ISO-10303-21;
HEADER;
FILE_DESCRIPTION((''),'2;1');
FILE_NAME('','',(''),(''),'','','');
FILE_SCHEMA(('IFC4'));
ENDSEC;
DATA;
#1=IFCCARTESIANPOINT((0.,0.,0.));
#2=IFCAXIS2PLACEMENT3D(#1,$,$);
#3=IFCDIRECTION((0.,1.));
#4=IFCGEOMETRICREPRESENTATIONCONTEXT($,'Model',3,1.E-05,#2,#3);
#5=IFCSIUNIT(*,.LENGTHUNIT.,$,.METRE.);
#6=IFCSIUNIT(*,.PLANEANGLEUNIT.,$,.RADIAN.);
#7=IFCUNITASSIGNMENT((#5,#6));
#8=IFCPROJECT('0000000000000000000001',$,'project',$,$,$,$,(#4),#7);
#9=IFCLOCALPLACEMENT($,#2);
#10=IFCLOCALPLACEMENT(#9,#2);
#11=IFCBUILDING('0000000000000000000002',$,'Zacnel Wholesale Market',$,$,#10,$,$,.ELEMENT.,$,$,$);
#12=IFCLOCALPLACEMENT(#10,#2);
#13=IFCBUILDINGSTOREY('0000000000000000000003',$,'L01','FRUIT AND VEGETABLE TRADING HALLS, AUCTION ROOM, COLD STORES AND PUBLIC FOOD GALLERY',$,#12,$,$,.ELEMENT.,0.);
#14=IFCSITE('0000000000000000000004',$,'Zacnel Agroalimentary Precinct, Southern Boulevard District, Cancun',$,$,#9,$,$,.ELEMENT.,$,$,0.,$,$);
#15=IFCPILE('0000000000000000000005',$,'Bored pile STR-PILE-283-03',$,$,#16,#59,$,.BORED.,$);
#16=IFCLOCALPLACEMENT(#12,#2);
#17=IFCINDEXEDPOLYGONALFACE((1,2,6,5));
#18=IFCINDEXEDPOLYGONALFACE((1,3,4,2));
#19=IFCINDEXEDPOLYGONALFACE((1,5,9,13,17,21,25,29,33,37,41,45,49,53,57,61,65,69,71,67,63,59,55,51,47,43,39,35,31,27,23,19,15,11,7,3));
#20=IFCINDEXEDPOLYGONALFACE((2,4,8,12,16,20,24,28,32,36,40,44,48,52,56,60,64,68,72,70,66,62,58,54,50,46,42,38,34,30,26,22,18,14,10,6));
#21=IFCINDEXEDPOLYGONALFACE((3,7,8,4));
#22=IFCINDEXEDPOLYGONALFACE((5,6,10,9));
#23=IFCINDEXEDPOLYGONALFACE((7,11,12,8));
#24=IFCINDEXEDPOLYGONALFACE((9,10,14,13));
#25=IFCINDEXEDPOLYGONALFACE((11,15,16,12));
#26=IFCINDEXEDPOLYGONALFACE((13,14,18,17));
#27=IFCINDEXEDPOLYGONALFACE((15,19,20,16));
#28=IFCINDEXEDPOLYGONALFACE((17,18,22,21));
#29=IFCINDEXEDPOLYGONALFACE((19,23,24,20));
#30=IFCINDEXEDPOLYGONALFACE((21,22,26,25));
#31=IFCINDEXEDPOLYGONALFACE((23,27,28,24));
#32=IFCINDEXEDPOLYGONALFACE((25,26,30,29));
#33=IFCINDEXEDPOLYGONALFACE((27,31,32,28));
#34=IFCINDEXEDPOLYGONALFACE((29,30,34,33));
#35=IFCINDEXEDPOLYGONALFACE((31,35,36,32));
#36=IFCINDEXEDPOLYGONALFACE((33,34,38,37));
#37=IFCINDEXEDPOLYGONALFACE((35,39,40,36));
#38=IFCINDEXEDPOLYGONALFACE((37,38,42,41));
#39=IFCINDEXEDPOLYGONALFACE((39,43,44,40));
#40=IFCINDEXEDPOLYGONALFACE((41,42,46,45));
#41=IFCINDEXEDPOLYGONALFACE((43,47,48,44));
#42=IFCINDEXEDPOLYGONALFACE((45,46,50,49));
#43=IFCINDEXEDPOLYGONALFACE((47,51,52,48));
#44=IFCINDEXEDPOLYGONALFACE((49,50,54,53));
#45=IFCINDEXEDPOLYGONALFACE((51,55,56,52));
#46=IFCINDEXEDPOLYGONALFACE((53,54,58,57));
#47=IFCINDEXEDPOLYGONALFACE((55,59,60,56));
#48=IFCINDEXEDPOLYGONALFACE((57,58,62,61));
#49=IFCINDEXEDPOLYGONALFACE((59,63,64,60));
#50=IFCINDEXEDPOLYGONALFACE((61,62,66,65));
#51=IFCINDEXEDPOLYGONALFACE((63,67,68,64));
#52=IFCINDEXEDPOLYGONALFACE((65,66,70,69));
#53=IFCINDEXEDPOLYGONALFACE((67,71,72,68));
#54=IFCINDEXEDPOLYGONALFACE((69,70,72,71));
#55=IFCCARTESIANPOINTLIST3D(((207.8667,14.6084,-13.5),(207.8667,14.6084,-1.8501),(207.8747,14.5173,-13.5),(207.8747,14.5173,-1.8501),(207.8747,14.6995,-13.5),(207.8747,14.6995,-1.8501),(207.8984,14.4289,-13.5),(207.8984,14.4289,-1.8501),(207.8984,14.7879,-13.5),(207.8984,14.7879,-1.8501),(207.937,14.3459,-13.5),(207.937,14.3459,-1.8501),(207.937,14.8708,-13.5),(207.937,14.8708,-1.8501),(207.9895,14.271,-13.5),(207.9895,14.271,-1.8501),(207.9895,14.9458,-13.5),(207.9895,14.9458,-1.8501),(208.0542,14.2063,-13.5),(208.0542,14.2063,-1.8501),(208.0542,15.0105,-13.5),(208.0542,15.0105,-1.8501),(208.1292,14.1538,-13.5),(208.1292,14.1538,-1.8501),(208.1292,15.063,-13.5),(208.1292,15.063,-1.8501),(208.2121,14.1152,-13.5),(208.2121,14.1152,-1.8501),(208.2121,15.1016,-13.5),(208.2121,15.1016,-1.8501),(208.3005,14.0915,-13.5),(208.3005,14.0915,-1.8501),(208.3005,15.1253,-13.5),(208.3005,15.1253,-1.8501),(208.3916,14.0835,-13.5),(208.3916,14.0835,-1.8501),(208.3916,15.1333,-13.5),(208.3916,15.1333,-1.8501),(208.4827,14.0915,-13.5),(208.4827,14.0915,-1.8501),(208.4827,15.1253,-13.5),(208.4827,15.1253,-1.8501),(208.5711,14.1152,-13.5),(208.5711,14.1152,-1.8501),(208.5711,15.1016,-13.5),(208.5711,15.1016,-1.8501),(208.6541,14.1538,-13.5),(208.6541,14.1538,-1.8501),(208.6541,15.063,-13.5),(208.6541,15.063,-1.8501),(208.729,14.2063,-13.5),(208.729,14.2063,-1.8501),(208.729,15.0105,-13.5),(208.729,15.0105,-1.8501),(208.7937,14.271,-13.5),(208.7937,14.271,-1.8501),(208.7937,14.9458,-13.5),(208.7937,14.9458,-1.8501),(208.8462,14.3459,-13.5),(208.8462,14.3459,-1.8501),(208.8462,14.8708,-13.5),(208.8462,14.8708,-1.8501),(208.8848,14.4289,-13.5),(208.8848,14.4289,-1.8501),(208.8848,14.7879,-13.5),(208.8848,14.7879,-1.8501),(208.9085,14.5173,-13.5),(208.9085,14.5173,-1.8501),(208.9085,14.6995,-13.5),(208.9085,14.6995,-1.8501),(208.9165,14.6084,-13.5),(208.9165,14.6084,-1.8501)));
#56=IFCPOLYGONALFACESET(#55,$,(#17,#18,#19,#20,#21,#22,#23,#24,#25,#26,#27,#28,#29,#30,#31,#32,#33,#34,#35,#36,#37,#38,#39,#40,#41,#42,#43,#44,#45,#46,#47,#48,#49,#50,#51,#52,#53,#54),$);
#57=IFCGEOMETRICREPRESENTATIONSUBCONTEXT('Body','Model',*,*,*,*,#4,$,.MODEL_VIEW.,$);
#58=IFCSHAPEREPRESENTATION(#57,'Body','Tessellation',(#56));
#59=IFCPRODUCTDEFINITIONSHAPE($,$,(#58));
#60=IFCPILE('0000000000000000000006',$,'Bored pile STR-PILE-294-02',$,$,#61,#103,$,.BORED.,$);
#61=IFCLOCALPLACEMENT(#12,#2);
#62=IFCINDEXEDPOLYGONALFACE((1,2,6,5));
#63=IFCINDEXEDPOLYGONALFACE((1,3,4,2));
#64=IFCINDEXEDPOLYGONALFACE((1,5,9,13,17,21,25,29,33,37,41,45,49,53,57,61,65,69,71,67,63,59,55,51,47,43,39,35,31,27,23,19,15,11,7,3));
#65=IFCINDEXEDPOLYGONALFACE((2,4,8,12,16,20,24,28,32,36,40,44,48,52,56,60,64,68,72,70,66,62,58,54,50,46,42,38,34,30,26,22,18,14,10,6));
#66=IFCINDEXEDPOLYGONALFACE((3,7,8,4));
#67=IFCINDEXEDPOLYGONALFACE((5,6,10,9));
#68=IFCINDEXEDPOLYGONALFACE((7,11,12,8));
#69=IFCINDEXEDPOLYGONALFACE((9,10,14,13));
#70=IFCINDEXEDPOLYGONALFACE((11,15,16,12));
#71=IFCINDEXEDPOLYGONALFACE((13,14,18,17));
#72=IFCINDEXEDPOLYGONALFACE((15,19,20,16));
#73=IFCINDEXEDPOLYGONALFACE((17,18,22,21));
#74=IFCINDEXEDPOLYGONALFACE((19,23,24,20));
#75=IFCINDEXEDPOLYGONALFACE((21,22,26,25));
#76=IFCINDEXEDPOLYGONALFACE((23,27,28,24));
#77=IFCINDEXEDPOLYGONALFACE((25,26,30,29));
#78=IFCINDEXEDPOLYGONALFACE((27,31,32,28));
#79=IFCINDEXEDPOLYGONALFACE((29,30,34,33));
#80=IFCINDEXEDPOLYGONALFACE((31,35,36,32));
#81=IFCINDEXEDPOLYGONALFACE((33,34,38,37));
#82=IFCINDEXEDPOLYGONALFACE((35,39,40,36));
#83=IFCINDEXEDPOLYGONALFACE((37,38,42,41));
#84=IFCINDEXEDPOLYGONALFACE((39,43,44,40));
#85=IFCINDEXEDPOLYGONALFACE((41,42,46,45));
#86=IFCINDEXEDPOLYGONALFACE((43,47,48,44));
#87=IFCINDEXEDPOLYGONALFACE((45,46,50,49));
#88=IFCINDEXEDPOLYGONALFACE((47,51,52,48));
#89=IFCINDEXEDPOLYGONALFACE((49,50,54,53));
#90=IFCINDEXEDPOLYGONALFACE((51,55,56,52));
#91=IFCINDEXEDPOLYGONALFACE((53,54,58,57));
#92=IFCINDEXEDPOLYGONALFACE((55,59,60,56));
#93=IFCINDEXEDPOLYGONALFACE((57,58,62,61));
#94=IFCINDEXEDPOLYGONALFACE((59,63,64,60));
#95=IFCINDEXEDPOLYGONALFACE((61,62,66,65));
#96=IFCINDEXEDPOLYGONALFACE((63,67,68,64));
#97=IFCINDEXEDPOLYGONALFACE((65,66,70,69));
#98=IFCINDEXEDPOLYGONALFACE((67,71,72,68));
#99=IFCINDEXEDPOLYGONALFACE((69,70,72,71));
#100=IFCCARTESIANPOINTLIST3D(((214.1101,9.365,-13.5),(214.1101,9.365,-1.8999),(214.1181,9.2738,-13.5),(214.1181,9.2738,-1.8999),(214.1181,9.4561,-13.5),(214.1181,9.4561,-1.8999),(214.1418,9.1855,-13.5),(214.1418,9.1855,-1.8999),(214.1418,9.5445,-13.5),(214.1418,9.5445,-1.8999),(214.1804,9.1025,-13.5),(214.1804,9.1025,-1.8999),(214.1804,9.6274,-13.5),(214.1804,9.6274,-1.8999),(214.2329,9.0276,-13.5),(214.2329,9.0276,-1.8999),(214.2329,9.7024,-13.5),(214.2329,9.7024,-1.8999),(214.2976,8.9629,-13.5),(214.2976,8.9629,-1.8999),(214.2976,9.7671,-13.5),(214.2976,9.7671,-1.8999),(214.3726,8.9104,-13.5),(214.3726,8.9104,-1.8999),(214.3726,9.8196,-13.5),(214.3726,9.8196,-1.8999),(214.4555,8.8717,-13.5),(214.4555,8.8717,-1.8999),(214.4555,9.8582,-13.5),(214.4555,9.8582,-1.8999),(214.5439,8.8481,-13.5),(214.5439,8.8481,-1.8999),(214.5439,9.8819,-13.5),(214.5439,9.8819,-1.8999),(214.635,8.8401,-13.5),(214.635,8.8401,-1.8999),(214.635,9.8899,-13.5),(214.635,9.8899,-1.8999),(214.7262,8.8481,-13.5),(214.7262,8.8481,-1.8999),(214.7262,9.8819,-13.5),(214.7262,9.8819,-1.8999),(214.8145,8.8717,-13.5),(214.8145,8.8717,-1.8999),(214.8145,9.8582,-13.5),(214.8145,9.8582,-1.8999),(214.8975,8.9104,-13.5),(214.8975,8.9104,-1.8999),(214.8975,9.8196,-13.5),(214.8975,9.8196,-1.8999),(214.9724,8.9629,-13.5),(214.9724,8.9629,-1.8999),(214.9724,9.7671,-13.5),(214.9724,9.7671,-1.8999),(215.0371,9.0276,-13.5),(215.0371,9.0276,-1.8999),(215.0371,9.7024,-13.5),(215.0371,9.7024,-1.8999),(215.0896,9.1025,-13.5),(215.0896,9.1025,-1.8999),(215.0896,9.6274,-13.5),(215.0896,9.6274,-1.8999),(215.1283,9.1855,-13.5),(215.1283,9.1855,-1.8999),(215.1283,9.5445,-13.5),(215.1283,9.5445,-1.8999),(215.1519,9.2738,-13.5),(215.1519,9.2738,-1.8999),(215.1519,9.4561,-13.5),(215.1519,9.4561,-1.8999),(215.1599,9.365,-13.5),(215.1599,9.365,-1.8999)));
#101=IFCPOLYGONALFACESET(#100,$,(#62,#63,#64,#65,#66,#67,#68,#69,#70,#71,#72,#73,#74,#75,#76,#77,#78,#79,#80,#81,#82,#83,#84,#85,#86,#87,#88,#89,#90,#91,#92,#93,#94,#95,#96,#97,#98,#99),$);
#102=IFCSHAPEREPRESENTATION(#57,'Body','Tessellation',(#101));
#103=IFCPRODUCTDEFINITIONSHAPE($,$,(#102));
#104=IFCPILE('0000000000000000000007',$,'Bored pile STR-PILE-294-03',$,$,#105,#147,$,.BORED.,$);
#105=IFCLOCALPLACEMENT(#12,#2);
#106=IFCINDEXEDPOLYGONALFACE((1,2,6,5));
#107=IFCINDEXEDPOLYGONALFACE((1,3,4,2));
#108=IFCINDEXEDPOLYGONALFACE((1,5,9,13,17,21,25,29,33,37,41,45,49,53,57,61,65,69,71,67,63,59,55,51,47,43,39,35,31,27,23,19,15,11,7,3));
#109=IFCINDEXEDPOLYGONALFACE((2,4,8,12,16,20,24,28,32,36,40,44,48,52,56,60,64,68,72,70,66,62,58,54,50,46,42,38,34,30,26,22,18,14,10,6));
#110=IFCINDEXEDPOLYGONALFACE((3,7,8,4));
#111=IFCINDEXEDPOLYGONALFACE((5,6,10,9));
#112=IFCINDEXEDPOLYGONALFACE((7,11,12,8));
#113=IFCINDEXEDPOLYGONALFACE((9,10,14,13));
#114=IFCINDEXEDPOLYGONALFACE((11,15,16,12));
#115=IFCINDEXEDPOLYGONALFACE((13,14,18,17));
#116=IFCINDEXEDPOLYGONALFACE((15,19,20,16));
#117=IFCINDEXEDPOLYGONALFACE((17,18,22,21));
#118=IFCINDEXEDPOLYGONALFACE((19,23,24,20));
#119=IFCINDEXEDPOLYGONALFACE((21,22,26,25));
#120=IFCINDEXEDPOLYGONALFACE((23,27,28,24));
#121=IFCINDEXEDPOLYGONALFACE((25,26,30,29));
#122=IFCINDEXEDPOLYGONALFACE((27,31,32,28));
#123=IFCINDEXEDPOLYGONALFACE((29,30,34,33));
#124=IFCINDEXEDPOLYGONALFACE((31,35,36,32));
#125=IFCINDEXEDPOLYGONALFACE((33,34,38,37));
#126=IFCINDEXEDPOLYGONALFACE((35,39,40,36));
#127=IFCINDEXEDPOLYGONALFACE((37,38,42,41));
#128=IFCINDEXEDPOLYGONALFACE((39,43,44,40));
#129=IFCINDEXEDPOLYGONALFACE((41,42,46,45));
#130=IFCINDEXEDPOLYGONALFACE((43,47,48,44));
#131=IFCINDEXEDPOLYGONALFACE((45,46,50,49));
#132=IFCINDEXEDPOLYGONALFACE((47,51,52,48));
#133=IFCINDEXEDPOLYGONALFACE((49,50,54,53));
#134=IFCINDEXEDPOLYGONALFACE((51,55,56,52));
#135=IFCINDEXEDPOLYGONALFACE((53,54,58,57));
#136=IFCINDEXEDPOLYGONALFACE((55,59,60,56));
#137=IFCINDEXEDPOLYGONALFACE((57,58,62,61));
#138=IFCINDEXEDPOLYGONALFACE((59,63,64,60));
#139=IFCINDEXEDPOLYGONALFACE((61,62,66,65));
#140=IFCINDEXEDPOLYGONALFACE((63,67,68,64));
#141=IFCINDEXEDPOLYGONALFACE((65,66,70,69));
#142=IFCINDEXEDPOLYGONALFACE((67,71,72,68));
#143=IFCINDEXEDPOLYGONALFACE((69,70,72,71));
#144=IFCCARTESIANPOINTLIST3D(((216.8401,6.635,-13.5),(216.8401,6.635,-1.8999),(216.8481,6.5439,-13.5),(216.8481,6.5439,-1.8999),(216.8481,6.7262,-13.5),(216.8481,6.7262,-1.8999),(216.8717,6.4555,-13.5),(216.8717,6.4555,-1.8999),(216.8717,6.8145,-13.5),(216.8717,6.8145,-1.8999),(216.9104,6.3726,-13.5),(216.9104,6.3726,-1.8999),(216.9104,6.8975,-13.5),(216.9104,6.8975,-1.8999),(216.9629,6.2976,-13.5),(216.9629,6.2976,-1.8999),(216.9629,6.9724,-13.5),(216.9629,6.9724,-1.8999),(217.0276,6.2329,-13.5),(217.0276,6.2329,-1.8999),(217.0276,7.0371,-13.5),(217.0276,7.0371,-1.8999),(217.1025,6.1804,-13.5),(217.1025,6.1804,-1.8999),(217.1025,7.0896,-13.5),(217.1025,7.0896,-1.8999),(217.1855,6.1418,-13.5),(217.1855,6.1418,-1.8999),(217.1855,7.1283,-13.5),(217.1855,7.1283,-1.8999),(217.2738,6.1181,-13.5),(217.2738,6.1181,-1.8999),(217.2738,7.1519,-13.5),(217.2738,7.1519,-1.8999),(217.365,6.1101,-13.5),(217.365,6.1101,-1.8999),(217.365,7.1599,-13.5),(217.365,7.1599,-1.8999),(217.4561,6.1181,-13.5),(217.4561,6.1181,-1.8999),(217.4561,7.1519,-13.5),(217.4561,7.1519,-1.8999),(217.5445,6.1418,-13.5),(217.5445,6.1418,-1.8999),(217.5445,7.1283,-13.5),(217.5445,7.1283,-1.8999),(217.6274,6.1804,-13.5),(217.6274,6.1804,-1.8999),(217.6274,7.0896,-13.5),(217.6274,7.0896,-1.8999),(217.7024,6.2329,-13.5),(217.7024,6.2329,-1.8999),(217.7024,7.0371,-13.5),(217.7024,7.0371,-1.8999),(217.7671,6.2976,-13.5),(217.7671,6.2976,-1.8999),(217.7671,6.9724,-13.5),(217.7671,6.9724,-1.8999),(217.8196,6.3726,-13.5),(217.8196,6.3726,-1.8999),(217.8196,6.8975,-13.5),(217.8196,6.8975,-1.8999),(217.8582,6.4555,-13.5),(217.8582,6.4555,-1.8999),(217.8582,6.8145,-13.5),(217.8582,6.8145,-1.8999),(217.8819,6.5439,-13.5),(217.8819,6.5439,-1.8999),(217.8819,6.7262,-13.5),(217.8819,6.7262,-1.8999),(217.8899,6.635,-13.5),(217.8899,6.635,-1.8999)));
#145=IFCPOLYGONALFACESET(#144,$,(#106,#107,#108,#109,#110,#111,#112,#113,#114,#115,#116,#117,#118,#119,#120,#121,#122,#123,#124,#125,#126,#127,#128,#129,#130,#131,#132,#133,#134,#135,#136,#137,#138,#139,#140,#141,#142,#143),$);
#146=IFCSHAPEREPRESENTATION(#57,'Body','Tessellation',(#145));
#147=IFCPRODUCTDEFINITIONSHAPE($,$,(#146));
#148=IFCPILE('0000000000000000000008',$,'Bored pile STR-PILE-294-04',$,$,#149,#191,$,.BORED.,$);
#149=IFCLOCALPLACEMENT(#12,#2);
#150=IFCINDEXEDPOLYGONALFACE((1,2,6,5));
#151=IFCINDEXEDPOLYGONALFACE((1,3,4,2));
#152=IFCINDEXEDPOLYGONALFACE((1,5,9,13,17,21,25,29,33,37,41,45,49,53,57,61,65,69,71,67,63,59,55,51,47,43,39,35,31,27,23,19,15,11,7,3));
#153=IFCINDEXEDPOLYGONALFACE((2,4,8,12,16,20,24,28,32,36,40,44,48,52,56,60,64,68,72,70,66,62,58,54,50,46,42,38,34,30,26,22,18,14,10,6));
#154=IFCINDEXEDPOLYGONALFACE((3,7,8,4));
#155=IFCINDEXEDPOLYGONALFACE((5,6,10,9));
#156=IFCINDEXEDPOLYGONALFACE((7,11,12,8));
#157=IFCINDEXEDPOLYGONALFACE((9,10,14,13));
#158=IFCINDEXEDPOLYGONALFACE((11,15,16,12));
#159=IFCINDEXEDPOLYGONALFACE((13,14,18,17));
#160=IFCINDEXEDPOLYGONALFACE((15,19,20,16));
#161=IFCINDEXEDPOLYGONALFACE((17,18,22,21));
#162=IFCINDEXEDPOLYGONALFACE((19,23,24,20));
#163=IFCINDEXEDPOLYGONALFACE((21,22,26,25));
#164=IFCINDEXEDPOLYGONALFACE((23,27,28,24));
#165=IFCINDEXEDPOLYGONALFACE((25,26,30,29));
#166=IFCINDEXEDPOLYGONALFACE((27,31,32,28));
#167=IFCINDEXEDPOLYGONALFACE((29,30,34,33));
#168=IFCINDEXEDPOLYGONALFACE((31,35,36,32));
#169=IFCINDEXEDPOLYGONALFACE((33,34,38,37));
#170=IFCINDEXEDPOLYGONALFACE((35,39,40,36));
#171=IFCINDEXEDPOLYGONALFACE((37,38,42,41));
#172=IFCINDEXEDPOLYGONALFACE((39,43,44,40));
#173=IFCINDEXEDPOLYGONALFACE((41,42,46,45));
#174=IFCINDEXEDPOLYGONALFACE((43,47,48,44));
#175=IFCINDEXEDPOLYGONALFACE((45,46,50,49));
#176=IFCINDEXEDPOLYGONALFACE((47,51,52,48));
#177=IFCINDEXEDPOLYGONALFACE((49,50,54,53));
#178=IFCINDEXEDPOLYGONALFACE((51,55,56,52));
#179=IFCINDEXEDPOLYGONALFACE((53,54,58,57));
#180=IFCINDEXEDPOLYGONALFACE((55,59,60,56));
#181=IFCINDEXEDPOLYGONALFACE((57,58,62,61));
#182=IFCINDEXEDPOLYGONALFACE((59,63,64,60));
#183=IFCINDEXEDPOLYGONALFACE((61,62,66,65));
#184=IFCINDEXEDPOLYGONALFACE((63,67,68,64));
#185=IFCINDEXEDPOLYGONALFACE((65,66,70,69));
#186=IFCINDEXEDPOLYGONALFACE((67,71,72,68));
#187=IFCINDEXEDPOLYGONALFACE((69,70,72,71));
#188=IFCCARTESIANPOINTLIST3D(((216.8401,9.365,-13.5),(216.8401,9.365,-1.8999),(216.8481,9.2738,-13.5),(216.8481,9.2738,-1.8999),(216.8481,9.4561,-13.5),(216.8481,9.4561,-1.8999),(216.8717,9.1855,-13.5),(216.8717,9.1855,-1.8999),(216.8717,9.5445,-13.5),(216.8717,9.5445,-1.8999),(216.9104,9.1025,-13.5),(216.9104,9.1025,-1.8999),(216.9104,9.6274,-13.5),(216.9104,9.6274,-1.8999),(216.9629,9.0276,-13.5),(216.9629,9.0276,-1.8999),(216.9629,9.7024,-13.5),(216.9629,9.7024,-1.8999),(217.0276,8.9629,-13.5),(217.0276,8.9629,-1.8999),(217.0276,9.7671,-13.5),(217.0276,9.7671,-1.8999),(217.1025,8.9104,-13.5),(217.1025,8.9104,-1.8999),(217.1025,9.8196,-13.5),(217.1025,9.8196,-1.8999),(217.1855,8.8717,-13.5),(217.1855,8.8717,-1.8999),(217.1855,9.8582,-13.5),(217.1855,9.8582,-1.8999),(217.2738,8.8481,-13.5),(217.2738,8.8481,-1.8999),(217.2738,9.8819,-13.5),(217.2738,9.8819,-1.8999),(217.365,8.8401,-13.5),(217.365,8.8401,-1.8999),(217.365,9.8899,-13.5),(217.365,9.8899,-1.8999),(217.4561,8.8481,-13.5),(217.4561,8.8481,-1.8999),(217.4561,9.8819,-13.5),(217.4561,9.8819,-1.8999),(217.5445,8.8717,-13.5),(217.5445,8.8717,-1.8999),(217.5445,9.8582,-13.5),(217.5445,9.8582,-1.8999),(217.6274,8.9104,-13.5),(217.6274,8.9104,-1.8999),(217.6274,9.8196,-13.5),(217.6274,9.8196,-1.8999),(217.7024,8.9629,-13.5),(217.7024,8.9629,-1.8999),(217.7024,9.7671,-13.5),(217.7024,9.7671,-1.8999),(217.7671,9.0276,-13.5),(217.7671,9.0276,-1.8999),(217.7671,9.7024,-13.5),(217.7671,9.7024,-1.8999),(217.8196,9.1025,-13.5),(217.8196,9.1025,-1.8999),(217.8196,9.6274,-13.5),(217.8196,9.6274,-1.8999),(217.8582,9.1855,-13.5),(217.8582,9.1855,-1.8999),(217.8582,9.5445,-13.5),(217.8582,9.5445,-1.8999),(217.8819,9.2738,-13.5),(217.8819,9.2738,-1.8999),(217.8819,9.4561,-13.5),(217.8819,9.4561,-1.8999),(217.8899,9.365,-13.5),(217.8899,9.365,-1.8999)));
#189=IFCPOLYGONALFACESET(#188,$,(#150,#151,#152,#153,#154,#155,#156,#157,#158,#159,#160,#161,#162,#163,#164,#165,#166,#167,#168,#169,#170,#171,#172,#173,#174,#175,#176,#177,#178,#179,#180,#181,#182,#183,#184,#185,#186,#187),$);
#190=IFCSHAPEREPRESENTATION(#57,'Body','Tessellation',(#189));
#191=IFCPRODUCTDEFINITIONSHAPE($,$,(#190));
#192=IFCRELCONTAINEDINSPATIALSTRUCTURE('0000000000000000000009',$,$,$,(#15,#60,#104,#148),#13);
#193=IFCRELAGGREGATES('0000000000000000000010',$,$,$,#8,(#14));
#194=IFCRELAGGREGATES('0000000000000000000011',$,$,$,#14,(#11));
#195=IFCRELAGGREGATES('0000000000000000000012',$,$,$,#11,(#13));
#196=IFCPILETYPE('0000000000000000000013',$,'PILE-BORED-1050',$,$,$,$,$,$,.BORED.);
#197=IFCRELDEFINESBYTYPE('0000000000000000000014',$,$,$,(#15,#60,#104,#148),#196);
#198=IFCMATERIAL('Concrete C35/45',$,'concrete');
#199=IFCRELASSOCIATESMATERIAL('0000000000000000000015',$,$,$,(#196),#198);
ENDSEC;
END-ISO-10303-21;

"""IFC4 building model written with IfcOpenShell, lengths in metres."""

from ifc_helpers import new_model, si_unit, direction, frame, origin, origin_2d, place, context, subcontext, project, spatial, circle, extrude, material, material_profile, profile_set, type_object, element, save


model = new_model("IFC4")

# Units and contexts
model_context = context("Model", 3, precision=1e-05, world=origin(), true_north=direction((0.0, 1.0)))
body_context = subcontext(model_context, "Body", "Model", "MODEL_VIEW")
ifc_project = project(units=[si_unit("LENGTHUNIT", "METRE"), si_unit("PLANEANGLEUNIT", "RADIAN")], contexts=[model_context])

# Site, building, storey
site_placement = place(None, origin())
site = spatial("IfcSite", under=ifc_project, at=site_placement, Name="Zacnel Agroalimentary Precinct, Southern Boulevard District, Cancun", CompositionType="ELEMENT", RefElevation=0.0)
building_placement = place(site_placement, origin())
building = spatial("IfcBuilding", under=site, at=building_placement, Name="Zacnel Wholesale Market", CompositionType="ELEMENT")
storey_placement = place(building_placement, origin())
storey = spatial("IfcBuildingStorey", under=building, at=storey_placement, Name="L01", Description="FRUIT AND VEGETABLE TRADING HALLS, AUCTION ROOM, COLD STORES AND PUBLIC FOOD GALLERY", CompositionType="ELEMENT", Elevation=0.0)

# Piles
ifc_material_1 = material(Name="Concrete C35/45", Category="concrete")
ifc_material_profile_1 = material_profile(ifc_material_1, circle(Radius=0.5249, at=origin_2d()), Name="BORED PILE D1050")
ifc_profile_set_1 = profile_set([ifc_material_profile_1], Name="Concrete C35/45")
pile_type = type_object("IfcPileType", Name="PILE-BORED-1050", PredefinedType="BORED", material=ifc_profile_set_1)
pile_placement = place(storey_placement, frame((208.3916, 14.6084, -1.8501), z_axis=(0.0, 0.0, -1.0), x_axis=(1.0, 0.0, 0.0)))
element("IfcPile", 1, at=pile_placement, inside=storey, type_object=pile_type, Name="Bored pile STR-PILE-283-03", PredefinedType="BORED", context=body_context, shape_type="SweptSolid", body=[
    extrude(circle(Radius=0.5249, at=origin_2d()), origin(), (0.0, 0.0, 1.0), 11.6499),
])
for number, where, z_axis, x_axis, name in (
    (2, (214.635, 9.365, -1.8999), (0.0, 0.0, -1.0), (1.0, 0.0, 0.0), "Bored pile STR-PILE-294-02"),
    (3, (217.365, 6.635, -1.8999), (0.0, 0.0, -1.0), (1.0, 0.0, 0.0), "Bored pile STR-PILE-294-03"),
    (4, (217.365, 9.365, -1.8999), (0.0, 0.0, -1.0), (1.0, 0.0, 0.0), "Bored pile STR-PILE-294-04"),
):
    element("IfcPile", number, at=place(storey_placement, frame(where, z_axis=z_axis, x_axis=x_axis)), inside=storey, type_object=pile_type, Name=name, PredefinedType="BORED", context=body_context, shape_type="SweptSolid", body=[
        extrude(circle(Radius=0.5249, at=origin_2d()), origin(), (0.0, 0.0, 1.0), 11.6001),
    ])

save(model, "model.ifc")
